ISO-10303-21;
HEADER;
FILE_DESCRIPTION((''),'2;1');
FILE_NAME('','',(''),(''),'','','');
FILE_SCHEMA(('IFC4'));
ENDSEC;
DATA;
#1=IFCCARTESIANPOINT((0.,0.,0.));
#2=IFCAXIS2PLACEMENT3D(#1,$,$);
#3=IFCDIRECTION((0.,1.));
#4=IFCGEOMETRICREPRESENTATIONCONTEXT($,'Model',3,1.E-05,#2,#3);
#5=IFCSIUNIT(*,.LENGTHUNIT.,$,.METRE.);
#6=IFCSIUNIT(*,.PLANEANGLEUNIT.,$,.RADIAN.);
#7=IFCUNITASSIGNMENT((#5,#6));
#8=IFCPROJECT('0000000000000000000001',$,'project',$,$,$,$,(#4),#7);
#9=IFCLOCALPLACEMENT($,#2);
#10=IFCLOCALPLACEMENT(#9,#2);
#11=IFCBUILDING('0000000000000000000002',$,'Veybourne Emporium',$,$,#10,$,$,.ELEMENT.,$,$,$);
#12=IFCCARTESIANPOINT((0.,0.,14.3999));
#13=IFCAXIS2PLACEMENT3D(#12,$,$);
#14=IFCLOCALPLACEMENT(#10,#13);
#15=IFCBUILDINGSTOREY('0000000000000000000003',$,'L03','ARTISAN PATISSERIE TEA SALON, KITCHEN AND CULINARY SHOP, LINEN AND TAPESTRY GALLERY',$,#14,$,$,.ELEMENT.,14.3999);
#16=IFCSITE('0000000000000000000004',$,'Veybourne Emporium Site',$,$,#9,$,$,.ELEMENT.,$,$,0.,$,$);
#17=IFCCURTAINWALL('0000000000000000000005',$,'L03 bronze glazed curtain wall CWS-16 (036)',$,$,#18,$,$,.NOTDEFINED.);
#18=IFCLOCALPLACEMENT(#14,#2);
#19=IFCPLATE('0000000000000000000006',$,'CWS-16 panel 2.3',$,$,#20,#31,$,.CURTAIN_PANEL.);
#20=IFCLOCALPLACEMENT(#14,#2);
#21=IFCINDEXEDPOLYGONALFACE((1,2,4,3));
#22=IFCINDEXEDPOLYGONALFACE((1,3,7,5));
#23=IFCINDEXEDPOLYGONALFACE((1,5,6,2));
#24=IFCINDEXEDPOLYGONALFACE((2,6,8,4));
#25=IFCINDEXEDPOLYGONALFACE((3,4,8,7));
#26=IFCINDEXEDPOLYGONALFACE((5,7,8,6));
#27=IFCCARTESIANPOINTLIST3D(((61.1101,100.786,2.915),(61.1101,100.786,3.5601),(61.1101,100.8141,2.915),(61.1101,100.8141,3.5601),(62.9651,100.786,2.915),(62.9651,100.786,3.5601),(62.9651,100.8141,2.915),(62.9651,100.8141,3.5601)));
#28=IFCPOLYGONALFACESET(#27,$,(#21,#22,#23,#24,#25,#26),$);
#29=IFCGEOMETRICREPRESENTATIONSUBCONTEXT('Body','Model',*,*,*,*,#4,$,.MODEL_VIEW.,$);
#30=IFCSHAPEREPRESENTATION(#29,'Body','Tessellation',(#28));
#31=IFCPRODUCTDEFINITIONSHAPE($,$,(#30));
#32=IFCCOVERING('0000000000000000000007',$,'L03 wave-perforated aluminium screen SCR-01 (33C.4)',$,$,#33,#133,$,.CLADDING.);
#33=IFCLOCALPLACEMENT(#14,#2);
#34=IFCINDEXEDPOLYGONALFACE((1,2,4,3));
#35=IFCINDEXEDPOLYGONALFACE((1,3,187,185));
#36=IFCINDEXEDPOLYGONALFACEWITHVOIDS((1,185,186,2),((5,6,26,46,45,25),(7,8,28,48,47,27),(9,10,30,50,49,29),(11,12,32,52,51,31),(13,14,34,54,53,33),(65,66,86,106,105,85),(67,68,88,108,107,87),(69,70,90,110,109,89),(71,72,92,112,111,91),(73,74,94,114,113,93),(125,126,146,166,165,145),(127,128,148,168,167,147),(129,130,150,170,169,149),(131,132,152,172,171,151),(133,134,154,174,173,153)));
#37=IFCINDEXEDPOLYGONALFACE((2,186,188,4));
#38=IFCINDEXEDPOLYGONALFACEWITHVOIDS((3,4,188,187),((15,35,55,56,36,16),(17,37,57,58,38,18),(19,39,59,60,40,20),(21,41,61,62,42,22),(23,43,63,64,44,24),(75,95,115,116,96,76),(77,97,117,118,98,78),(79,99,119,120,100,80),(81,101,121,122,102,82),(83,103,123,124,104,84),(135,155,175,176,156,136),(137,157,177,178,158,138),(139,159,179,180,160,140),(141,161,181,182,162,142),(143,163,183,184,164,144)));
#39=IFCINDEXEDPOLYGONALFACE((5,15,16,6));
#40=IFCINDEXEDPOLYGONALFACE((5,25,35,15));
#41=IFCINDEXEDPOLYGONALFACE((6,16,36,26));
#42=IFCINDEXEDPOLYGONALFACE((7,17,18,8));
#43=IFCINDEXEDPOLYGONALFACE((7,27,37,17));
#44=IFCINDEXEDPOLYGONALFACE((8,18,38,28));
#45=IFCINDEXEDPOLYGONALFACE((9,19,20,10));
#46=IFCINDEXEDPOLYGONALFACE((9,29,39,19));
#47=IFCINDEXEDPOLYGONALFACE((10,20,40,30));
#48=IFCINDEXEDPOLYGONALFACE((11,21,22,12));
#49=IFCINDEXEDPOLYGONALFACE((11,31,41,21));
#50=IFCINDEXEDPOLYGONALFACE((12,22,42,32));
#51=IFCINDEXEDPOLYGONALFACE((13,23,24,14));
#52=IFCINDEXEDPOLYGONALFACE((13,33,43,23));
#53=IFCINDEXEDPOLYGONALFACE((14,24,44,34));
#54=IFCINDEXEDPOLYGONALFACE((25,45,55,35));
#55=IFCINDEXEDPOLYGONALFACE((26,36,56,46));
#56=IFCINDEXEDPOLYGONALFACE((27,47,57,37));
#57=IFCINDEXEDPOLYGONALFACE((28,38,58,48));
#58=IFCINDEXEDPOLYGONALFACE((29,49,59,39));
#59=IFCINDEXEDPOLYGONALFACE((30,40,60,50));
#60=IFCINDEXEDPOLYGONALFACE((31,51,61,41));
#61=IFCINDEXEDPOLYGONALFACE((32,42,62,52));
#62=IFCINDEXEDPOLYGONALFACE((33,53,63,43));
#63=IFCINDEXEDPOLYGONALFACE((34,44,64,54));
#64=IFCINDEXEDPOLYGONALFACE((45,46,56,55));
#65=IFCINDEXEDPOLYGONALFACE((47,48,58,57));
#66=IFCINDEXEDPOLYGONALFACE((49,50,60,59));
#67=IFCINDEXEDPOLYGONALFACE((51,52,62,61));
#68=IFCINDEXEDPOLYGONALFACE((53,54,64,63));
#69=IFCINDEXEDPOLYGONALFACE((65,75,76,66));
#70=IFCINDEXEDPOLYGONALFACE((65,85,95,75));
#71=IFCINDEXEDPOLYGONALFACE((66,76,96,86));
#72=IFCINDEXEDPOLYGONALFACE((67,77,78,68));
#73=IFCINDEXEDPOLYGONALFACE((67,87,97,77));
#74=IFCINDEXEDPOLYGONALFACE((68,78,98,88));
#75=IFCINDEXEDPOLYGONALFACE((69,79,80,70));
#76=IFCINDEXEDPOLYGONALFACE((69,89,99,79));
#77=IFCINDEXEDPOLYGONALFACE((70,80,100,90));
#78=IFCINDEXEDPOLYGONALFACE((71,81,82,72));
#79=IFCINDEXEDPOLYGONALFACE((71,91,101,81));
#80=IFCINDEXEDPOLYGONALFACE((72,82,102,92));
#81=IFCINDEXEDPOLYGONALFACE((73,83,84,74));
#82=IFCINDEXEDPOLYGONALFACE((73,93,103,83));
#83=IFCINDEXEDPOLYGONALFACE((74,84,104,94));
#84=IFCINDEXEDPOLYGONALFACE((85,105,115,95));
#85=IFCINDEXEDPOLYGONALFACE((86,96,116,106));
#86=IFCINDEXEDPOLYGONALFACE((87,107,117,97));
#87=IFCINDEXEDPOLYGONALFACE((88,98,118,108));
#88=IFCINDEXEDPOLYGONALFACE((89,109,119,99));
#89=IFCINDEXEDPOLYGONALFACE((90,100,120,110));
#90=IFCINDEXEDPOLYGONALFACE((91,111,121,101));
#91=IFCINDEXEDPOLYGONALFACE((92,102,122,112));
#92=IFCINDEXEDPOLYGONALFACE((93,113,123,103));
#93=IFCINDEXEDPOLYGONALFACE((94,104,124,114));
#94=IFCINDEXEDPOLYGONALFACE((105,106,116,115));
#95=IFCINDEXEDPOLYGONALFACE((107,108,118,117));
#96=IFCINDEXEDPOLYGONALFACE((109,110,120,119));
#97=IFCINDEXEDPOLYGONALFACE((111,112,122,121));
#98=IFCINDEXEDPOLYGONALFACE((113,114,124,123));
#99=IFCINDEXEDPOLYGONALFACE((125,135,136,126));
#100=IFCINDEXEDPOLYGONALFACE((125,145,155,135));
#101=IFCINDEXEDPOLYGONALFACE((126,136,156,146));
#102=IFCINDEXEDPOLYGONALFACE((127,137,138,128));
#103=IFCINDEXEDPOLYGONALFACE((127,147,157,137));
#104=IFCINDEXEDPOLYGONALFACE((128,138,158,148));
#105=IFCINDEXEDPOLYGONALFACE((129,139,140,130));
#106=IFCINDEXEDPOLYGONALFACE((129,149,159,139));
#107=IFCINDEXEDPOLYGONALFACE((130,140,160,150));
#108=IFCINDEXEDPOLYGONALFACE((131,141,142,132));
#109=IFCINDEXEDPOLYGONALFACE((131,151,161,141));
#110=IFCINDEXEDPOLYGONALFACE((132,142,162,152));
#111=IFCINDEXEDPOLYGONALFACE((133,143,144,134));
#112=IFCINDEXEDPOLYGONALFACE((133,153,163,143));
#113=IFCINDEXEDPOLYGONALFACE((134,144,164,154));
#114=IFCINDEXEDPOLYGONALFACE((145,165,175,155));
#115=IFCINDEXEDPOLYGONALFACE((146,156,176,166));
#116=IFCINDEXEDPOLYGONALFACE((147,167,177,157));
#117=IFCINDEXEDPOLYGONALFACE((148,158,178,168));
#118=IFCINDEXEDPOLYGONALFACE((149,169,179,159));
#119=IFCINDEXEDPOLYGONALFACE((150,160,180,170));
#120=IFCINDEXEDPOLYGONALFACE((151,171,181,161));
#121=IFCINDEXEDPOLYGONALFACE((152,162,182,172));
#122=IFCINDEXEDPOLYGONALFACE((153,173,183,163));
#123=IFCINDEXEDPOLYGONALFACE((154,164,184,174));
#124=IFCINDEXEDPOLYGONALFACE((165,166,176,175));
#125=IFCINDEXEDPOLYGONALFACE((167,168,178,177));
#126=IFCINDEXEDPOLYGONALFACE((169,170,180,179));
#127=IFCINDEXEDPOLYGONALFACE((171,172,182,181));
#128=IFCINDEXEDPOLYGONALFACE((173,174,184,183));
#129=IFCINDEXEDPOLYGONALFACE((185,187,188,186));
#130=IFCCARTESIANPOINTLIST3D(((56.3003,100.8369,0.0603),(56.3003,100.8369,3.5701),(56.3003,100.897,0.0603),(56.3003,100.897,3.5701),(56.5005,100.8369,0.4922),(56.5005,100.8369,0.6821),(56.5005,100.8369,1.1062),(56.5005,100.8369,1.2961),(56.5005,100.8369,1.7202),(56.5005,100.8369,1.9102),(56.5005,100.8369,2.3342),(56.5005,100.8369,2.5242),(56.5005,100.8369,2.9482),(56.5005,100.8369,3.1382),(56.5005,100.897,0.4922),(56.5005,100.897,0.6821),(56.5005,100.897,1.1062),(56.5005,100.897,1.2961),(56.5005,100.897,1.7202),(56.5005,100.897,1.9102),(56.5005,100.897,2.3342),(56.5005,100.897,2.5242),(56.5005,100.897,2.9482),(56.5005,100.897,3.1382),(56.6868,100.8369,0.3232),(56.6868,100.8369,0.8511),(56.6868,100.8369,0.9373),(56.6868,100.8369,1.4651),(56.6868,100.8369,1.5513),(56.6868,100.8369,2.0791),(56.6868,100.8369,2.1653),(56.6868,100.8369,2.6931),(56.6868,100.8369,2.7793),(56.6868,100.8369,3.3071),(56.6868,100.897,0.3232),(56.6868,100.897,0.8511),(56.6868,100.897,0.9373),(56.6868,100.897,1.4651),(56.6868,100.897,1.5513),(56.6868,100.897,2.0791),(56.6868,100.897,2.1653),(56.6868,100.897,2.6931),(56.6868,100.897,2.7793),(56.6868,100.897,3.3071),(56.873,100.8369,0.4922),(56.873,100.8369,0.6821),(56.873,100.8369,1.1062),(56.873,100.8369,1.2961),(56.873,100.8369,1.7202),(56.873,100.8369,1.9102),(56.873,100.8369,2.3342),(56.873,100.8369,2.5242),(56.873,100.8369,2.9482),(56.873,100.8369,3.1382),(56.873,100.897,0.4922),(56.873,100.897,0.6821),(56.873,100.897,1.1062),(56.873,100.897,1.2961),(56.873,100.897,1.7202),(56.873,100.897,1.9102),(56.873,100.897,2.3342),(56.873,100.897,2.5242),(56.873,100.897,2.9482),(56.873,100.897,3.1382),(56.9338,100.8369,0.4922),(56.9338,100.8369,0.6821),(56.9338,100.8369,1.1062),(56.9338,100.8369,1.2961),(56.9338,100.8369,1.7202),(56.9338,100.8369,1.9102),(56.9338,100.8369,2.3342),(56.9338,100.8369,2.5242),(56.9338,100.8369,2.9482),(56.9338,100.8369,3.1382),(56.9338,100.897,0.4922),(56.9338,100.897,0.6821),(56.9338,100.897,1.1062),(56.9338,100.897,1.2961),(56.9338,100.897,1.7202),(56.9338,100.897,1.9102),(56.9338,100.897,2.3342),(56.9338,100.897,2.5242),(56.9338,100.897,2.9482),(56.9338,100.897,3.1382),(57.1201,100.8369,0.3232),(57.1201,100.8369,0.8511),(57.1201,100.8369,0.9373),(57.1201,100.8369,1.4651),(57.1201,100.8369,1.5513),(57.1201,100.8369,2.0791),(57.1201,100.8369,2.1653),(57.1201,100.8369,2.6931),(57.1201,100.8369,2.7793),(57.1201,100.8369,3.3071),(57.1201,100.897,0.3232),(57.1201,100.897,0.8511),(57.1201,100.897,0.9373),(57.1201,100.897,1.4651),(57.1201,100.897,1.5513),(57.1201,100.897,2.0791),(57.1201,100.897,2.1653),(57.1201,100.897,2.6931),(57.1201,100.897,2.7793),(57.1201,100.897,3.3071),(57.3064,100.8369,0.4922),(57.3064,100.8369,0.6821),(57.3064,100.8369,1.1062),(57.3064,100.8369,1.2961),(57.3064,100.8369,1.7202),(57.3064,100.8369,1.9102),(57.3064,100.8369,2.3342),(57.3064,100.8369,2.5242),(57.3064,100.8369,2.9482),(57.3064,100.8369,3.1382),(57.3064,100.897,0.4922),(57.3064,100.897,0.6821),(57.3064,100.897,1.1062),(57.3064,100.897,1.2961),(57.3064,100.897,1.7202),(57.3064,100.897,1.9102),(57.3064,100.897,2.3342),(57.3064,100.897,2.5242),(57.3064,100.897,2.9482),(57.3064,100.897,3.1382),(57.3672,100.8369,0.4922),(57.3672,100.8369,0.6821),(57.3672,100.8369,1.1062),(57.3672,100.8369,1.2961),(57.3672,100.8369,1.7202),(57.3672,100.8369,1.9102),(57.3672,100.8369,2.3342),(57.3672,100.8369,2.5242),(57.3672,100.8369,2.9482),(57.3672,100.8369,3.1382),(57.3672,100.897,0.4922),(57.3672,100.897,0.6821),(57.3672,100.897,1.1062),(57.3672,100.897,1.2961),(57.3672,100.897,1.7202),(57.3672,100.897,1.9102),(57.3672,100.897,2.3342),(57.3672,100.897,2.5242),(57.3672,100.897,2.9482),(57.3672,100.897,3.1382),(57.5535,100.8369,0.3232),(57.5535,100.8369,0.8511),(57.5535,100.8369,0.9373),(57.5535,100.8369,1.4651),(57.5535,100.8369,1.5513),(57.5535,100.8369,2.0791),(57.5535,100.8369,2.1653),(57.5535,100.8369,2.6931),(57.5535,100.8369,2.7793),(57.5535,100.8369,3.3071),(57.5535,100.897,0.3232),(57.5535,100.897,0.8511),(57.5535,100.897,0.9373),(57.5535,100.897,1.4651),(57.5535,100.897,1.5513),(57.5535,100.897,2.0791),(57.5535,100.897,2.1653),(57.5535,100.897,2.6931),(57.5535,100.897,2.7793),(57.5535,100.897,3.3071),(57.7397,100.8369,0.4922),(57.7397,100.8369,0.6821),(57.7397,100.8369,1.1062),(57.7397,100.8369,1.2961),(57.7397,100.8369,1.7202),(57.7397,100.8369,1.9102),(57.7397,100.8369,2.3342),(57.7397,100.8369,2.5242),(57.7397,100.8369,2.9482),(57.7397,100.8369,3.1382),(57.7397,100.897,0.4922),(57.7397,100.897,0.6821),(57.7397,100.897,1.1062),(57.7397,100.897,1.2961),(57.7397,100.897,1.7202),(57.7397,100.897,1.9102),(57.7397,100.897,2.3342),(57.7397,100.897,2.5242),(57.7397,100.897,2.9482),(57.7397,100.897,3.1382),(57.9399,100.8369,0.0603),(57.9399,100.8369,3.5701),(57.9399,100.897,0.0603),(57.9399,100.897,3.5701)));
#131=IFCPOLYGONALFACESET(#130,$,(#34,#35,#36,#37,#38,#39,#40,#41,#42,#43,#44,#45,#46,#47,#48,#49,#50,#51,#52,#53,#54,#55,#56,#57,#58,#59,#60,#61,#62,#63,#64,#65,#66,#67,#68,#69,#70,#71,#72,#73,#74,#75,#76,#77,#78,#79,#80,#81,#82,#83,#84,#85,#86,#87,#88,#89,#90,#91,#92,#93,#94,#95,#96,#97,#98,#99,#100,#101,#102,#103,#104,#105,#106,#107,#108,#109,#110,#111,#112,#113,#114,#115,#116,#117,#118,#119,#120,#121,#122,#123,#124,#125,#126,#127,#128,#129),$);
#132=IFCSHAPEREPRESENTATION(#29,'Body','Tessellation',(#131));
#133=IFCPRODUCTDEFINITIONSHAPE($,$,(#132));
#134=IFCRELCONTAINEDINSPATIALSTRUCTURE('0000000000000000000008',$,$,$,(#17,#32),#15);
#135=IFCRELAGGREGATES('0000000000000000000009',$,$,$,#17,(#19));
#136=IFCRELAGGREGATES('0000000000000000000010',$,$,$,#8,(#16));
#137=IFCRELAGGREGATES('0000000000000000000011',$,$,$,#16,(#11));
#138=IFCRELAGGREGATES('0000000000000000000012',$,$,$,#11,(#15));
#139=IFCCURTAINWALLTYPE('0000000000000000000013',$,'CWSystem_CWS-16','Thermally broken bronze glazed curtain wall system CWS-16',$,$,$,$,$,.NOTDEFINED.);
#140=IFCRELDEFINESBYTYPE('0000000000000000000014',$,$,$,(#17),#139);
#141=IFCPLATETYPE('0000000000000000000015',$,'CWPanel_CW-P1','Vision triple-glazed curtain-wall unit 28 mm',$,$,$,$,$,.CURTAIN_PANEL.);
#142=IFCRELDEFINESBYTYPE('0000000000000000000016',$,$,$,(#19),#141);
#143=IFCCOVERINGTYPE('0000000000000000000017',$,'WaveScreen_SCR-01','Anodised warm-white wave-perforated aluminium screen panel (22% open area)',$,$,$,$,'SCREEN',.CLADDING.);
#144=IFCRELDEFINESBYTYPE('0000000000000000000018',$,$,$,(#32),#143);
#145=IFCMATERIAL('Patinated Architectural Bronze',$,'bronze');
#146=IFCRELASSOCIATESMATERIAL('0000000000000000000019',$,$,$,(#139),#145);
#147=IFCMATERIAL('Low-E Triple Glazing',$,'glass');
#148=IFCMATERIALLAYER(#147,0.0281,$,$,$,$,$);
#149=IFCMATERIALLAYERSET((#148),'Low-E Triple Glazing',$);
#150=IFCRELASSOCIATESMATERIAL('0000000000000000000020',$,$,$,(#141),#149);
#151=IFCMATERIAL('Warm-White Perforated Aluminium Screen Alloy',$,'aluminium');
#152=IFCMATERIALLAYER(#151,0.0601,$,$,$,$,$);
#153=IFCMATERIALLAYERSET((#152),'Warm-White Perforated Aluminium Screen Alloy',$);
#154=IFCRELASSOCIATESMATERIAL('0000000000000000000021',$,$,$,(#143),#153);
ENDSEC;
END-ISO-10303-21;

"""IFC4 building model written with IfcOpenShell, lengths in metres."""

from ifc_helpers import new_model, si_unit, direction, frame, origin, origin_2d, place, context, subcontext, project, spatial, polyline, rectangle, outline, extrude, material, layer, layer_set, type_object, element, aggregate, save


model = new_model("IFC4")

# Units and contexts
model_context = context("Model", 3, precision=1e-05, world=origin(), true_north=direction((0.0, 1.0)))
body_context = subcontext(model_context, "Body", "Model", "MODEL_VIEW")
ifc_project = project(units=[si_unit("LENGTHUNIT", "METRE"), si_unit("PLANEANGLEUNIT", "RADIAN")], contexts=[model_context])

# Site, building, storey
site_placement = place(None, origin())
site = spatial("IfcSite", under=ifc_project, at=site_placement, Name="Veybourne Emporium Site", CompositionType="ELEMENT", RefElevation=0.0)
building_placement = place(site_placement, origin())
building = spatial("IfcBuilding", under=site, at=building_placement, Name="Veybourne Emporium", CompositionType="ELEMENT")
storey_placement = place(building_placement, frame((0.0, 0.0, 14.3999)))
storey = spatial("IfcBuildingStorey", under=building, at=storey_placement, Name="L03", Description="ARTISAN PATISSERIE TEA SALON, KITCHEN AND CULINARY SHOP, LINEN AND TAPESTRY GALLERY", CompositionType="ELEMENT", Elevation=14.3999)

# Shared definitions
ifc_material_1 = material(Name="Patinated Architectural Bronze", Category="bronze")

# Curtain wall
curtain_wall_type_1 = type_object("IfcCurtainWallType", Name="CWSystem_CWS-16", Description="Thermally broken bronze glazed curtain wall system CWS-16", PredefinedType="NOTDEFINED", material=ifc_material_1)
curtain_wall_1_placement = place(storey_placement, origin())
curtain_wall_1 = element("IfcCurtainWall", 1, at=curtain_wall_1_placement, inside=storey, type_object=curtain_wall_type_1, Name="L03 bronze glazed curtain wall CWS-16 (036)", PredefinedType="NOTDEFINED")

# Plate
ifc_material_2 = material(Name="Low-E Triple Glazing", Category="glass")
ifc_layer_1 = layer(ifc_material_2, 0.0281)
ifc_layer_set_1 = layer_set([ifc_layer_1], Name="Low-E Triple Glazing")
plate_type = type_object("IfcPlateType", Name="CWPanel_CW-P1", Description="Vision triple-glazed curtain-wall unit 28 mm", PredefinedType="CURTAIN_PANEL", material=ifc_layer_set_1)
plate_1_placement = place(storey_placement, frame((62.0376, 100.8, 2.915), z_axis=(0.0, 0.0, 1.0), x_axis=(1.0, 0.0, 0.0)))
plate_1 = element("IfcPlate", 2, at=plate_1_placement, type_object=plate_type, Name="CWS-16 panel 2.3", PredefinedType="CURTAIN_PANEL", context=body_context, shape_type="SweptSolid", body=[
    extrude(rectangle(XDim=1.855, YDim=0.0281, at=origin_2d()), origin(), (0.0, 0.0, 1.0), 0.645),
])
aggregate(curtain_wall_1, [plate_1])

# Covering
ifc_material_3 = material(Name="Warm-White Perforated Aluminium Screen Alloy", Category="aluminium")
ifc_layer_2 = layer(ifc_material_3, 0.0601)
ifc_layer_set_2 = layer_set([ifc_layer_2], Name="Warm-White Perforated Aluminium Screen Alloy")
covering_type_1 = type_object("IfcCoveringType", Name="WaveScreen_SCR-01", Description="Anodised warm-white wave-perforated aluminium screen panel (22% open area)", ElementType="SCREEN", PredefinedType="CLADDING", material=ifc_layer_set_2)
covering_1_placement = place(storey_placement, frame((57.1201, 100.897, 1.8152), z_axis=(0.0, -1.0, 0.0), x_axis=(1.0, 0.0, 0.0)))
element("IfcCovering", 3, at=covering_1_placement, inside=storey, type_object=covering_type_1, Name="L03 wave-perforated aluminium screen SCR-01 (33C.4)", PredefinedType="CLADDING", context=body_context, shape_type="SweptSolid", body=[
    extrude(outline(polyline([(-0.8198, -1.7549), (0.8198, -1.7549), (0.8198, 1.7549), (-0.8198, 1.7549), (-0.8198, -1.7549)]), holes=[polyline([(-0.4333, -0.9641), (-0.2471, -1.1331), (-0.2471, -1.323), (-0.4333, -1.4919), (-0.6196, -1.323), (-0.6196, -1.1331), (-0.4333, -0.9641)]), polyline([(-0.4333, -0.3501), (-0.2471, -0.519), (-0.2471, -0.709), (-0.4333, -0.8779), (-0.6196, -0.709), (-0.6196, -0.519), (-0.4333, -0.3501)]), polyline([(-0.4333, 0.2639), (-0.2471, 0.095), (-0.2471, -0.095), (-0.4333, -0.2639), (-0.6196, -0.095), (-0.6196, 0.095), (-0.4333, 0.2639)]), polyline([(-0.4333, 0.8779), (-0.2471, 0.709), (-0.2471, 0.519), (-0.4333, 0.3501), (-0.6196, 0.519), (-0.6196, 0.709), (-0.4333, 0.8779)]), polyline([(-0.4333, 1.4919), (-0.2471, 1.323), (-0.2471, 1.1331), (-0.4333, 0.9641), (-0.6196, 1.1331), (-0.6196, 1.323), (-0.4333, 1.4919)]), polyline([(0.0, -0.9641), (0.1863, -1.1331), (0.1863, -1.323), (0.0, -1.4919), (-0.1863, -1.323), (-0.1863, -1.1331), (0.0, -0.9641)]), polyline([(0.0, -0.3501), (0.1863, -0.519), (0.1863, -0.709), (0.0, -0.8779), (-0.1863, -0.709), (-0.1863, -0.519), (0.0, -0.3501)]), polyline([(0.0, 0.2639), (0.1863, 0.095), (0.1863, -0.095), (0.0, -0.2639), (-0.1863, -0.095), (-0.1863, 0.095), (0.0, 0.2639)]), polyline([(0.0, 0.8779), (0.1863, 0.709), (0.1863, 0.519), (0.0, 0.3501), (-0.1863, 0.519), (-0.1863, 0.709), (0.0, 0.8779)]), polyline([(0.0, 1.4919), (0.1863, 1.323), (0.1863, 1.1331), (0.0, 0.9641), (-0.1863, 1.1331), (-0.1863, 1.323), (0.0, 1.4919)]), polyline([(0.4333, -0.9641), (0.6196, -1.1331), (0.6196, -1.323), (0.4333, -1.4919), (0.2471, -1.323), (0.2471, -1.1331), (0.4333, -0.9641)]), polyline([(0.4333, -0.3501), (0.6196, -0.519), (0.6196, -0.709), (0.4333, -0.8779), (0.2471, -0.709), (0.2471, -0.519), (0.4333, -0.3501)]), polyline([(0.4333, 0.2639), (0.6196, 0.095), (0.6196, -0.095), (0.4333, -0.2639), (0.2471, -0.095), (0.2471, 0.095), (0.4333, 0.2639)]), polyline([(0.4333, 0.8779), (0.6196, 0.709), (0.6196, 0.519), (0.4333, 0.3501), (0.2471, 0.519), (0.2471, 0.709), (0.4333, 0.8779)]), polyline([(0.4333, 1.4919), (0.6196, 1.323), (0.6196, 1.1331), (0.4333, 0.9641), (0.2471, 1.1331), (0.2471, 1.323), (0.4333, 1.4919)])]), origin(), (0.0, 0.0, 1.0), 0.0601),
])

save(model, "model.ifc")
